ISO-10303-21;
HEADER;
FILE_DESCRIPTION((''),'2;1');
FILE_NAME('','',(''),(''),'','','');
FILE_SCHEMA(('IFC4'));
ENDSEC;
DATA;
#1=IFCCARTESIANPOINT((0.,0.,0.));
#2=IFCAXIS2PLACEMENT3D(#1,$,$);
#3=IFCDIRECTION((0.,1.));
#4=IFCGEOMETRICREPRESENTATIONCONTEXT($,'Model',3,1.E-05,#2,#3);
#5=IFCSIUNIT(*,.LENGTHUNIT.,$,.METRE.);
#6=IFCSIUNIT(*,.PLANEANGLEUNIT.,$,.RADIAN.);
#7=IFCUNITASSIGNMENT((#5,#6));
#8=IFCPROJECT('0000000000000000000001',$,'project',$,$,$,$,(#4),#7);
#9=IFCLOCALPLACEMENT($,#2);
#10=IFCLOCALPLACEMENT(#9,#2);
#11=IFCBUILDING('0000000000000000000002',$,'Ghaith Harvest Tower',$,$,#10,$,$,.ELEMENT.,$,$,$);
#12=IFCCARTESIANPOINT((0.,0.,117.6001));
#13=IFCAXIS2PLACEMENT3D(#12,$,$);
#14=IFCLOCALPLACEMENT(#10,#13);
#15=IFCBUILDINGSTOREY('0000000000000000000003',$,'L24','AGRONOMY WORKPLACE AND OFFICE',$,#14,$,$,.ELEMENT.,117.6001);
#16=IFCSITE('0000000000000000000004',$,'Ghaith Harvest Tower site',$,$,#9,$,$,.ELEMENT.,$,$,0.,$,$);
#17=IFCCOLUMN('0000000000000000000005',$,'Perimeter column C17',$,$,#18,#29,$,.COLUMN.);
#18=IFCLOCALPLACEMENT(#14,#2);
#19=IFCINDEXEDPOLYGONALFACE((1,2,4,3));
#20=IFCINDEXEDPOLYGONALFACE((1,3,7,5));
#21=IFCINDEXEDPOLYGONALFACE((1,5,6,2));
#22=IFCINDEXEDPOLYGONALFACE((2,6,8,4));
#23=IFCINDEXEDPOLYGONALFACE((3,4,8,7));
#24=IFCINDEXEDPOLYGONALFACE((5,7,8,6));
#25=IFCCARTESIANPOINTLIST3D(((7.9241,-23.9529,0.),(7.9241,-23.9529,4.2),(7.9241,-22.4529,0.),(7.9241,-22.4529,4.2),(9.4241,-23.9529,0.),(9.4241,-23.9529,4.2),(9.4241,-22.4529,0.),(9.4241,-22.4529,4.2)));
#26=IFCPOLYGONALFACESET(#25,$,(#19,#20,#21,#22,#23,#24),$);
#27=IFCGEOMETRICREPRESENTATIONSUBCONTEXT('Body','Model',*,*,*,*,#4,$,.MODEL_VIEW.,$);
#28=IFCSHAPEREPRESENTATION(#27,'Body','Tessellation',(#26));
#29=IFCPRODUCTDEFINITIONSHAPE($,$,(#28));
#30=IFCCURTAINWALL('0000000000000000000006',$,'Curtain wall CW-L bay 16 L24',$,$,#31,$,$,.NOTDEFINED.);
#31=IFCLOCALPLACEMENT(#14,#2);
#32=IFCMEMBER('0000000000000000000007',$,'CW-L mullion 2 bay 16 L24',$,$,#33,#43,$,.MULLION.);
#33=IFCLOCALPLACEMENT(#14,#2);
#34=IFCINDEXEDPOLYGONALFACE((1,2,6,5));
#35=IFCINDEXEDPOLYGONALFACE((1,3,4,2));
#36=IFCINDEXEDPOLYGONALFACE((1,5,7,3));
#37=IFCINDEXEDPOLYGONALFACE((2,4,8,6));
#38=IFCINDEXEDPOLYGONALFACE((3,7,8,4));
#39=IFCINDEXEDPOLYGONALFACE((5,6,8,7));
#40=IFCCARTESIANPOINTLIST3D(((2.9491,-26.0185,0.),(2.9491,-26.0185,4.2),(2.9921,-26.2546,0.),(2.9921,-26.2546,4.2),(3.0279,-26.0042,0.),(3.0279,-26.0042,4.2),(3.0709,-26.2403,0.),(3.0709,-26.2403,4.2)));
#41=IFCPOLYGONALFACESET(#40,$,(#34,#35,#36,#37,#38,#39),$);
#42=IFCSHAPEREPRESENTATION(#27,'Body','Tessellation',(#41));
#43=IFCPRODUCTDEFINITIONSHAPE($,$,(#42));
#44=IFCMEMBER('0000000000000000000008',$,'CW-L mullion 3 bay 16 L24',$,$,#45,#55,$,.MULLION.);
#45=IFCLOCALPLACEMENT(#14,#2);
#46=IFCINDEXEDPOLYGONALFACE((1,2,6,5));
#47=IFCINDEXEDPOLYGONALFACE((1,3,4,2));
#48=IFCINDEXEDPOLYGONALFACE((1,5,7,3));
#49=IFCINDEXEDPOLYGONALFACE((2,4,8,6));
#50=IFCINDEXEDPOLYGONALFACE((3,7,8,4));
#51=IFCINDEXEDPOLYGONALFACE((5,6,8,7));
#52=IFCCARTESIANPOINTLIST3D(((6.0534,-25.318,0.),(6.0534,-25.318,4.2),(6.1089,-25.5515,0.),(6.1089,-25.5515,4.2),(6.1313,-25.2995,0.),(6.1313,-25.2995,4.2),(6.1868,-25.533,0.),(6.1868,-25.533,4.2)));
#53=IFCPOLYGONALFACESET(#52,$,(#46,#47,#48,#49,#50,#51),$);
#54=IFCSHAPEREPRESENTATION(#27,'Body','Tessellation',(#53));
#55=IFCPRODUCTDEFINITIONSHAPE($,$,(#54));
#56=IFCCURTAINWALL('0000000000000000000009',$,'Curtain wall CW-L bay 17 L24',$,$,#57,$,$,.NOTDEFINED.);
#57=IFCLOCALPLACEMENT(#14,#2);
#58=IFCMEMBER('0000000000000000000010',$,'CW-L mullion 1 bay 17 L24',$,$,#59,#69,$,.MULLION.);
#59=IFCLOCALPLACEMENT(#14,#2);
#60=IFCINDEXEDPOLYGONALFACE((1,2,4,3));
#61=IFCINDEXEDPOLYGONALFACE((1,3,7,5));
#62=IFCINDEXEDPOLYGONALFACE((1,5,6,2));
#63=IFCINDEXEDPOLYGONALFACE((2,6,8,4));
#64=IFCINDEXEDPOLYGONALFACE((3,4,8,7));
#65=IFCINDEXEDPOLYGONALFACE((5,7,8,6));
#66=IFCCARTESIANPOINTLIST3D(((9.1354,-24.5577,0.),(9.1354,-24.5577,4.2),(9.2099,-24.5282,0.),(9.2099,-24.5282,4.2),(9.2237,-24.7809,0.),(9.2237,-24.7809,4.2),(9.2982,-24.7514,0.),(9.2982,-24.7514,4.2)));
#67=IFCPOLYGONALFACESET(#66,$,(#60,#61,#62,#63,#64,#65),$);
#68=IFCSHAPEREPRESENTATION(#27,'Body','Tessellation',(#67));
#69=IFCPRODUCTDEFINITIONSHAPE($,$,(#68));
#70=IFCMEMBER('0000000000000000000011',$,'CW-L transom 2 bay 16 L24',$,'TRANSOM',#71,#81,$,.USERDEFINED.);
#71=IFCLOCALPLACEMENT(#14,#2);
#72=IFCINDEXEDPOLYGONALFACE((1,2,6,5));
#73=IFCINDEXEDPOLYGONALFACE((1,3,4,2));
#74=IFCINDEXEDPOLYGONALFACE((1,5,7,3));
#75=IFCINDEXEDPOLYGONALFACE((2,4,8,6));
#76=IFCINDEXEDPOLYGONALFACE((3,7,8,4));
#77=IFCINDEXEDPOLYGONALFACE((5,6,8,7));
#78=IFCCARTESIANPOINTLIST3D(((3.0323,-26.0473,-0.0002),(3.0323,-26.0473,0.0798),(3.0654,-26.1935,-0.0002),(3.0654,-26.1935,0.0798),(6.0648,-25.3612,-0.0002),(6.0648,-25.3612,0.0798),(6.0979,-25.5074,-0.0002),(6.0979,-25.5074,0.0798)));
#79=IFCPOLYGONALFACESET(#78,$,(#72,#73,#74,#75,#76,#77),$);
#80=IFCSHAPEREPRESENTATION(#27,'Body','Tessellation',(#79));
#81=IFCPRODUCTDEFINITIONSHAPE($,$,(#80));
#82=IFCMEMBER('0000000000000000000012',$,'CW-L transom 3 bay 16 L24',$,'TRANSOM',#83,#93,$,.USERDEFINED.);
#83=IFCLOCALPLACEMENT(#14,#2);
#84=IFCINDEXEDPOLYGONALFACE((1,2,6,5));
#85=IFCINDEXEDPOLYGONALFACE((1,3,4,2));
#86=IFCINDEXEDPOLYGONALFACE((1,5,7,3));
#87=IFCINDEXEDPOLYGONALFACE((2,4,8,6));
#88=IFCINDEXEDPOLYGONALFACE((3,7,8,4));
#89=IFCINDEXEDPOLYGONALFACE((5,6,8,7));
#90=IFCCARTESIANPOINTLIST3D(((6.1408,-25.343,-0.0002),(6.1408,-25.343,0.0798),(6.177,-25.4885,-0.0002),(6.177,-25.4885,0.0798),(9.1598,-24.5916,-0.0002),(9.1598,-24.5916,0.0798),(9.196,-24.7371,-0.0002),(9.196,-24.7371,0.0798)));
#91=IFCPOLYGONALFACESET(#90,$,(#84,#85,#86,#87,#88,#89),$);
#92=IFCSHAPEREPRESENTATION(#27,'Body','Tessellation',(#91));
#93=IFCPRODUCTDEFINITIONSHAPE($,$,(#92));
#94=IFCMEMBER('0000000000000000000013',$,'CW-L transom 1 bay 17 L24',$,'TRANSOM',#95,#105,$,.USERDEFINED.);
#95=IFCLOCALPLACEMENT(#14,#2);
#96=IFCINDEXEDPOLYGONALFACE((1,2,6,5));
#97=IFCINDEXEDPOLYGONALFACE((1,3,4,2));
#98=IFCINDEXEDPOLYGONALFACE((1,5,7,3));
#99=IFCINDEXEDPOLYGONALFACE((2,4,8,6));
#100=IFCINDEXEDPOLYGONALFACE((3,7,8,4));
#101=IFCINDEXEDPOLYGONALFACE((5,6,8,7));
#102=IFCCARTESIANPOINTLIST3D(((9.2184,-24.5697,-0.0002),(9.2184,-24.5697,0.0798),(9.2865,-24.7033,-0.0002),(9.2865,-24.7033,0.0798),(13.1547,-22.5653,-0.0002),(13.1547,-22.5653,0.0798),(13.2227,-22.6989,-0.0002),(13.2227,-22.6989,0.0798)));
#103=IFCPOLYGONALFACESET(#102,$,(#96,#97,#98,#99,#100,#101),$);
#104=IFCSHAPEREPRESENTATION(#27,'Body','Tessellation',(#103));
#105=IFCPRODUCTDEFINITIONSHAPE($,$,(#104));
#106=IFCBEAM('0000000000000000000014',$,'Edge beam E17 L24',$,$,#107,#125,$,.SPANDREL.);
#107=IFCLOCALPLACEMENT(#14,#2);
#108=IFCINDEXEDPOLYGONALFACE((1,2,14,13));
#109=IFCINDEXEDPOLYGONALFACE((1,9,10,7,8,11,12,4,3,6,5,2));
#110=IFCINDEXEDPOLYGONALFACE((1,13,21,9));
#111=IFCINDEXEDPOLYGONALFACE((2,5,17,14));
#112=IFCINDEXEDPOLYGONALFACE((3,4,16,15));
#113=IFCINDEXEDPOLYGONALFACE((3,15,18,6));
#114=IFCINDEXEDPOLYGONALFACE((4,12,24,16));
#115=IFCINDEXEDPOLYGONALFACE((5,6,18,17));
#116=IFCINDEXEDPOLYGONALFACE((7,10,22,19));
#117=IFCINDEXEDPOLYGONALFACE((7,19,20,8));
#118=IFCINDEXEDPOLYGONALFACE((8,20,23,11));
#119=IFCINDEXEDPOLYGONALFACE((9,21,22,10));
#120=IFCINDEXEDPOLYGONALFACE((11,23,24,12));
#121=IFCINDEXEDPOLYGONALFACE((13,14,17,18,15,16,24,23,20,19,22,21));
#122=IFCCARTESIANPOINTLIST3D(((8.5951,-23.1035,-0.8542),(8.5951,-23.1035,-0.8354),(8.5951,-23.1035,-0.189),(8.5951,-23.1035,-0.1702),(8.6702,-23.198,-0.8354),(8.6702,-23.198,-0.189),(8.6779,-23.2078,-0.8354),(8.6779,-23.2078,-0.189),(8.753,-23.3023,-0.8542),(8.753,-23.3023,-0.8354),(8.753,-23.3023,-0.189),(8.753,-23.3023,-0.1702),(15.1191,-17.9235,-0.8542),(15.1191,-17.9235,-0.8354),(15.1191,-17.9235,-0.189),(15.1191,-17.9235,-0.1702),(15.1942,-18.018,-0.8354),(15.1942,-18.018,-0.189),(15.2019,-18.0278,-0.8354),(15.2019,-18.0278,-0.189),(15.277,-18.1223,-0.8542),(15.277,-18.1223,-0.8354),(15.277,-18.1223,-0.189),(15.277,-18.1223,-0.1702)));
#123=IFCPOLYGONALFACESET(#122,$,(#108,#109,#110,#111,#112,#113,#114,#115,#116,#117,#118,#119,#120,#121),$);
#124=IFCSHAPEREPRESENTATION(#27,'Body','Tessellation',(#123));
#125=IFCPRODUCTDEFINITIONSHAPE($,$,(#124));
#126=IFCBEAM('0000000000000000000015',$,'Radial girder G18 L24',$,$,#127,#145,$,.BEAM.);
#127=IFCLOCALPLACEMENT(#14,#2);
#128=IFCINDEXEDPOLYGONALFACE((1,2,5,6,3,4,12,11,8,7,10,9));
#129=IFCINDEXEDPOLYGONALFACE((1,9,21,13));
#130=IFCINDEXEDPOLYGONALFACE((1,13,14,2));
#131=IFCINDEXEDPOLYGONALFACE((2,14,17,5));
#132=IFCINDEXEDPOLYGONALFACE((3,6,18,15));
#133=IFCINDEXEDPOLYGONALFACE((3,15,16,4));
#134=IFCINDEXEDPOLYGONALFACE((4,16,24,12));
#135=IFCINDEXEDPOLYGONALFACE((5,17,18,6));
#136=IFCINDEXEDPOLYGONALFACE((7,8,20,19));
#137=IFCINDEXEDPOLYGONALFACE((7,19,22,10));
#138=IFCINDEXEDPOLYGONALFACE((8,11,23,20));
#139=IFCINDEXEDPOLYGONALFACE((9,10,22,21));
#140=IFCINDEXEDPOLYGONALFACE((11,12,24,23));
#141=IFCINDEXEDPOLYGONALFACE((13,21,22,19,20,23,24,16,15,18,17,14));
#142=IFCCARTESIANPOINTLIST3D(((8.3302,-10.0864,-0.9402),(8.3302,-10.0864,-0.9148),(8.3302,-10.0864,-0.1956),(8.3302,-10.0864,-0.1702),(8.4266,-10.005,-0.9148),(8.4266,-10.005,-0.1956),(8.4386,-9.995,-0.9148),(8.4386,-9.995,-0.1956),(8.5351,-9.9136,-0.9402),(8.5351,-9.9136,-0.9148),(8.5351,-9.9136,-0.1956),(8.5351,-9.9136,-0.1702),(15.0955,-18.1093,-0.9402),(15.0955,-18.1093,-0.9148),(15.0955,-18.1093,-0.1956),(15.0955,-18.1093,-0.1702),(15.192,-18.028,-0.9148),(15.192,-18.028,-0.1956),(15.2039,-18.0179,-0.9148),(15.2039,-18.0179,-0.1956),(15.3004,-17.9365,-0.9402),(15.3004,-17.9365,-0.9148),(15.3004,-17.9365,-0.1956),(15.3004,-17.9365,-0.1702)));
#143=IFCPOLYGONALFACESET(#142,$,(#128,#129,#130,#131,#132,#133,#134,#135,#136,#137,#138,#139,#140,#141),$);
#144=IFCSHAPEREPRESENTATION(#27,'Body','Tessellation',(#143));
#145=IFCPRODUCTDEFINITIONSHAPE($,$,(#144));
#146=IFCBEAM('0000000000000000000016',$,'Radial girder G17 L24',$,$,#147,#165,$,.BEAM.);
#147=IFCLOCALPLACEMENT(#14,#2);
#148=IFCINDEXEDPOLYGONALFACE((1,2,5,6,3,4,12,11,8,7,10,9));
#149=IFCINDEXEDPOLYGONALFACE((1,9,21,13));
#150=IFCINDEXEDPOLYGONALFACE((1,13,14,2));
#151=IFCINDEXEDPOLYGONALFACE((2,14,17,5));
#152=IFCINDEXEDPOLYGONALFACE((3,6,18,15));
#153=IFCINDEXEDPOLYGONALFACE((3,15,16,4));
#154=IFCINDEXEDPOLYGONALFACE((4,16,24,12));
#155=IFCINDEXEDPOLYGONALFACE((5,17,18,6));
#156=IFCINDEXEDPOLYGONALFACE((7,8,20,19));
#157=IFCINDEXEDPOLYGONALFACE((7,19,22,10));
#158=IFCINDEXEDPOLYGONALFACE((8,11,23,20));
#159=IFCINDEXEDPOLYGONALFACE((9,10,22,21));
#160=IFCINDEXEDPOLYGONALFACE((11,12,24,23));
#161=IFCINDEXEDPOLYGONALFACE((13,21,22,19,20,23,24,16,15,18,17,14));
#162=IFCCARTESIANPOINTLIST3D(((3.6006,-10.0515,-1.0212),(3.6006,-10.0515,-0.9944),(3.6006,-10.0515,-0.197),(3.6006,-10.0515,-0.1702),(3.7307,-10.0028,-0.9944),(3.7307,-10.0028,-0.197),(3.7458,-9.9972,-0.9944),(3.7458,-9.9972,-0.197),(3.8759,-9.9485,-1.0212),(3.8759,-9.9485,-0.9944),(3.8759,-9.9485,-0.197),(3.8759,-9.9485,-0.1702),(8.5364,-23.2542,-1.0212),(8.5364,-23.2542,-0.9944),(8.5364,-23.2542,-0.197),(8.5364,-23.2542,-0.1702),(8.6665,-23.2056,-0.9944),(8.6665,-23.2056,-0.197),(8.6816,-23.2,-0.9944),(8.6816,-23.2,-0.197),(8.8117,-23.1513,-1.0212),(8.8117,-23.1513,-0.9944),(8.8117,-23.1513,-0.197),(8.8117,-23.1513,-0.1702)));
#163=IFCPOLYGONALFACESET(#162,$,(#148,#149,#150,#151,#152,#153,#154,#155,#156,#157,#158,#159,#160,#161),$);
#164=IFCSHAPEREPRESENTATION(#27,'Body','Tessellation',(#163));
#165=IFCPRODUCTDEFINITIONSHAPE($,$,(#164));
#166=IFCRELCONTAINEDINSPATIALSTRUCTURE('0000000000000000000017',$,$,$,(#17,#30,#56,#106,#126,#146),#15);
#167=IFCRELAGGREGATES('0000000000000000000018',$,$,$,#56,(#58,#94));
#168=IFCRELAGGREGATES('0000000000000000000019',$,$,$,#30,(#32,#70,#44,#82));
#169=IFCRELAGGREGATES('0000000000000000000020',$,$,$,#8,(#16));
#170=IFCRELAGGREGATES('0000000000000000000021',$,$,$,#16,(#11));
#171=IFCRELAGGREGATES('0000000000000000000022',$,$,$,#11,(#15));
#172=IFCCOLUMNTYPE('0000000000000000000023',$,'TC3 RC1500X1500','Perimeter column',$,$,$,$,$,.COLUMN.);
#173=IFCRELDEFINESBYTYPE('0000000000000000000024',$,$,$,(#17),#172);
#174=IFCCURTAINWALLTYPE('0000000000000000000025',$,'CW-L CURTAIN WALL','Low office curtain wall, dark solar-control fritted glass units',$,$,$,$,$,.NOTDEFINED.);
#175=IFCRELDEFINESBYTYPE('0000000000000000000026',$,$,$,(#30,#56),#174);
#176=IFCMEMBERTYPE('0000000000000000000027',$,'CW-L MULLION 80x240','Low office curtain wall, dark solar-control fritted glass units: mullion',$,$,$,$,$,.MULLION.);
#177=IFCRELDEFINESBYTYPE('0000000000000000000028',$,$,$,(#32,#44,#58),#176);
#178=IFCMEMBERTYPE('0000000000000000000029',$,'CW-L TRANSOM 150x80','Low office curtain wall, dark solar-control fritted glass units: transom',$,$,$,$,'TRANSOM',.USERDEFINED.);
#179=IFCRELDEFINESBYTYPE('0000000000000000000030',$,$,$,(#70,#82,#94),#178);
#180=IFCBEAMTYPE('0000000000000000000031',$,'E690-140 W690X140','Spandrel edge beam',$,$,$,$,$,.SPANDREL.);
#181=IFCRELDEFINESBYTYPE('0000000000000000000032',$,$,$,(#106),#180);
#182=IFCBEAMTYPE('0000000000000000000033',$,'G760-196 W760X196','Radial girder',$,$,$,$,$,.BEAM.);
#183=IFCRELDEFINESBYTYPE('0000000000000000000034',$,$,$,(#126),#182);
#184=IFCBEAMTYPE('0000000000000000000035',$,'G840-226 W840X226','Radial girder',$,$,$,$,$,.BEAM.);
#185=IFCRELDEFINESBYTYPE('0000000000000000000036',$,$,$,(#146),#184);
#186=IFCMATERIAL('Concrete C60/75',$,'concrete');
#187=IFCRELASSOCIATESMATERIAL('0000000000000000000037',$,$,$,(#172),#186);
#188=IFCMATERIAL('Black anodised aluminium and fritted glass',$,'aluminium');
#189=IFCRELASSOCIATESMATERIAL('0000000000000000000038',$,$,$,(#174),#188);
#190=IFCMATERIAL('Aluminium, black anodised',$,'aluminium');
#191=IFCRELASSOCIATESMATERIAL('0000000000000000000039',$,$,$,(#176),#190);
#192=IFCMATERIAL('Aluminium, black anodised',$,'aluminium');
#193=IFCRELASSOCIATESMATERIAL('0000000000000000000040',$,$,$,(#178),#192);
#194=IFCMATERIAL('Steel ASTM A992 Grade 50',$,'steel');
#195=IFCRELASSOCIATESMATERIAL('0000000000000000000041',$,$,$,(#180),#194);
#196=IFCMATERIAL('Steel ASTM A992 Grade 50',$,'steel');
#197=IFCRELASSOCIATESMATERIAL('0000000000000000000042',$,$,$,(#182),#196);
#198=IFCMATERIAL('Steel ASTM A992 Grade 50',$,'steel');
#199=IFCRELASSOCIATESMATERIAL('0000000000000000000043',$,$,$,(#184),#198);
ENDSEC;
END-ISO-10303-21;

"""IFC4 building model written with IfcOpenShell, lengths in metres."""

from ifc_helpers import new_model, si_unit, direction, frame, origin, origin_2d, place, context, subcontext, project, spatial, rectangle, i_section, extrude, material, material_profile, profile_set, type_object, element, aggregate, save


model = new_model("IFC4")

# Units and contexts
model_context = context("Model", 3, precision=1e-05, world=origin(), true_north=direction((0.0, 1.0)))
body_context = subcontext(model_context, "Body", "Model", "MODEL_VIEW")
ifc_project = project(units=[si_unit("LENGTHUNIT", "METRE"), si_unit("PLANEANGLEUNIT", "RADIAN")], contexts=[model_context])

# Site, building, storey
site_placement = place(None, origin())
site = spatial("IfcSite", under=ifc_project, at=site_placement, Name="Ghaith Harvest Tower site", CompositionType="ELEMENT", RefElevation=0.0)
building_placement = place(site_placement, origin())
building = spatial("IfcBuilding", under=site, at=building_placement, Name="Ghaith Harvest Tower", CompositionType="ELEMENT")
storey_placement = place(building_placement, frame((0.0, 0.0, 117.6001)))
storey = spatial("IfcBuildingStorey", under=building, at=storey_placement, Name="L24", Description="AGRONOMY WORKPLACE AND OFFICE", CompositionType="ELEMENT", Elevation=117.6001)

# Column
ifc_material_1 = material(Name="Concrete C60/75", Category="concrete")
ifc_material_profile_1 = material_profile(ifc_material_1, rectangle(XDim=1.5, YDim=1.5, at=origin_2d()), Name="RC1500X1500")
ifc_profile_set_1 = profile_set([ifc_material_profile_1], Name="Concrete C60/75")
column_type = type_object("IfcColumnType", Name="TC3 RC1500X1500", Description="Perimeter column", PredefinedType="COLUMN", material=ifc_profile_set_1)
column_placement = place(storey_placement, frame((8.6741, -23.2029, 0.0), z_axis=(0.0, 0.0, 1.0), x_axis=(1.0, 0.0, 0.0)))
element("IfcColumn", 1, at=column_placement, inside=storey, type_object=column_type, Name="Perimeter column C17", PredefinedType="COLUMN", context=body_context, shape_type="SweptSolid", body=[
    extrude(rectangle(XDim=1.5, YDim=1.5, at=origin_2d()), origin(), (0.0, 0.0, 1.0), 4.2),
])

# Curtain wall, members
ifc_material_2 = material(Name="Black anodised aluminium and fritted glass", Category="aluminium")
curtain_wall_type = type_object("IfcCurtainWallType", Name="CW-L CURTAIN WALL", Description="Low office curtain wall, dark solar-control fritted glass units", PredefinedType="NOTDEFINED", material=ifc_material_2)
curtain_wall_1_placement = place(storey_placement, origin())
curtain_wall_1 = element("IfcCurtainWall", 2, at=curtain_wall_1_placement, inside=storey, type_object=curtain_wall_type, Name="Curtain wall CW-L bay 16 L24", PredefinedType="NOTDEFINED")
ifc_material_3 = material(Name="Aluminium, black anodised", Category="aluminium")
ifc_material_profile_2 = material_profile(ifc_material_3, rectangle(XDim=0.0801, YDim=0.24, at=origin_2d()), Name="CW-L MULLION 80x240")
ifc_profile_set_2 = profile_set([ifc_material_profile_2], Name="Aluminium, black anodised")
member_type_1 = type_object("IfcMemberType", Name="CW-L MULLION 80x240", Description="Low office curtain wall, dark solar-control fritted glass units: mullion", PredefinedType="MULLION", material=ifc_profile_set_2)
member_1_placement = place(storey_placement, frame((3.01, -26.1294, 0.0), z_axis=(0.0, 0.0, 1.0), x_axis=(0.983806, 0.179235, 0.0)))
member_1 = element("IfcMember", 3, at=member_1_placement, type_object=member_type_1, Name="CW-L mullion 2 bay 16 L24", PredefinedType="MULLION", context=body_context, shape_type="SweptSolid", body=[
    extrude(rectangle(XDim=0.0801, YDim=0.24, at=origin_2d()), origin(), (0.0, 0.0, 1.0), 4.2),
])
member_2_placement = place(storey_placement, frame((6.1201, -25.4255, 0.0), z_axis=(0.0, 0.0, 1.0), x_axis=(0.972918, 0.23115, 0.0)))
member_2 = element("IfcMember", 4, at=member_2_placement, type_object=member_type_1, Name="CW-L mullion 3 bay 16 L24", PredefinedType="MULLION", context=body_context, shape_type="SweptSolid", body=[
    extrude(rectangle(XDim=0.0801, YDim=0.24, at=origin_2d()), origin(), (0.0, 0.0, 1.0), 4.2),
])

# Curtain wall, member
curtain_wall_2_placement = place(storey_placement, origin())
curtain_wall_2 = element("IfcCurtainWall", 5, at=curtain_wall_2_placement, inside=storey, type_object=curtain_wall_type, Name="Curtain wall CW-L bay 17 L24", PredefinedType="NOTDEFINED")
member_3_placement = place(storey_placement, frame((9.2168, -24.6545, 0.0), z_axis=(0.0, 0.0, 1.0), x_axis=(0.929832, 0.367985, 0.0)))
member_3 = element("IfcMember", 6, at=member_3_placement, type_object=member_type_1, Name="CW-L mullion 1 bay 17 L24", PredefinedType="MULLION", context=body_context, shape_type="SweptSolid", body=[
    extrude(rectangle(XDim=0.0801, YDim=0.24, at=origin_2d()), origin(), (0.0, 0.0, 1.0), 4.2),
])

# Members
ifc_material_4 = material(Name="Aluminium, black anodised", Category="aluminium")
ifc_material_profile_3 = material_profile(ifc_material_4, rectangle(XDim=0.1499, YDim=0.0801, at=origin_2d()), Name="CW-L TRANSOM 150x80")
ifc_profile_set_3 = profile_set([ifc_material_profile_3], Name="Aluminium, black anodised")
member_type_2 = type_object("IfcMemberType", Name="CW-L TRANSOM 150x80", Description="Low office curtain wall, dark solar-control fritted glass units: transom", ElementType="TRANSOM", PredefinedType="USERDEFINED", material=ifc_profile_set_3)
member_4_placement = place(storey_placement, frame((3.0488, -26.1204, 0.0398), z_axis=(0.975352, 0.220654, 0.0), x_axis=(-0.220654, 0.975352, 0.0)))
member_4 = element("IfcMember", 7, at=member_4_placement, type_object=member_type_2, Name="CW-L transom 2 bay 16 L24", ObjectType="TRANSOM", PredefinedType="USERDEFINED", context=body_context, shape_type="SweptSolid", body=[
    extrude(rectangle(XDim=0.1499, YDim=0.0801, at=origin_2d()), origin(), (0.0, 0.0, 1.0), 3.1091),
])
member_5_placement = place(storey_placement, frame((6.1589, -25.4158, 0.0398), z_axis=(0.970391, 0.241538, 0.0), x_axis=(-0.241538, 0.970391, 0.0)))
member_5 = element("IfcMember", 8, at=member_5_placement, type_object=member_type_2, Name="CW-L transom 3 bay 16 L24", ObjectType="TRANSOM", PredefinedType="USERDEFINED", context=body_context, shape_type="SweptSolid", body=[
    extrude(rectangle(XDim=0.1499, YDim=0.0801, at=origin_2d()), origin(), (0.0, 0.0, 1.0), 3.1111),
])
member_6_placement = place(storey_placement, frame((9.2524, -24.6365, 0.0398), z_axis=(0.89112, 0.453768, 0.0), x_axis=(-0.453768, 0.89112, 0.0)))
member_6 = element("IfcMember", 9, at=member_6_placement, type_object=member_type_2, Name="CW-L transom 1 bay 17 L24", ObjectType="TRANSOM", PredefinedType="USERDEFINED", context=body_context, shape_type="SweptSolid", body=[
    extrude(rectangle(XDim=0.1499, YDim=0.0801, at=origin_2d()), origin(), (0.0, 0.0, 1.0), 4.4172),
])
aggregate(curtain_wall_2, [member_3, member_6])

# Beams
ifc_material_5 = material(Name="Steel ASTM A992 Grade 50", Category="steel")
ifc_material_profile_4 = material_profile(ifc_material_5, i_section(OverallWidth=0.2539, OverallDepth=0.6841, WebThickness=0.0125, FlangeThickness=0.0188, at=origin_2d()), Name="W690X140")
ifc_profile_set_4 = profile_set([ifc_material_profile_4], Name="Steel ASTM A992 Grade 50")
beam_type_1 = type_object("IfcBeamType", Name="E690-140 W690X140", Description="Spandrel edge beam", PredefinedType="SPANDREL", material=ifc_profile_set_4)
beam_1_placement = place(storey_placement, frame((8.6741, -23.2029, -0.5122), z_axis=(0.78316, 0.621821, 0.0), x_axis=(-0.621821, 0.78316, 0.0)))
element("IfcBeam", 10, at=beam_1_placement, inside=storey, type_object=beam_type_1, Name="Edge beam E17 L24", PredefinedType="SPANDREL", context=body_context, shape_type="SweptSolid", body=[
    extrude(i_section(OverallWidth=0.2539, OverallDepth=0.6841, WebThickness=0.0125, FlangeThickness=0.0188, at=origin_2d()), origin(), (0.0, 0.0, 1.0), 8.3303),
])
ifc_material_6 = material(Name="Steel ASTM A992 Grade 50", Category="steel")
ifc_material_profile_5 = material_profile(ifc_material_6, i_section(OverallWidth=0.2681, OverallDepth=0.77, WebThickness=0.0156, FlangeThickness=0.0254, at=origin_2d()), Name="W760X196")
ifc_profile_set_5 = profile_set([ifc_material_profile_5], Name="Steel ASTM A992 Grade 50")
beam_type_2 = type_object("IfcBeamType", Name="G760-196 W760X196", Description="Radial girder", PredefinedType="BEAM", material=ifc_profile_set_5)
beam_2_placement = place(storey_placement, frame((8.4326, -10.0, -0.5552), z_axis=(0.644649, -0.764478, 0.0), x_axis=(0.764478, 0.644649, 0.0)))
element("IfcBeam", 11, at=beam_2_placement, inside=storey, type_object=beam_type_2, Name="Radial girder G18 L24", PredefinedType="BEAM", context=body_context, shape_type="SweptSolid", body=[
    extrude(i_section(OverallWidth=0.2681, OverallDepth=0.77, WebThickness=0.0156, FlangeThickness=0.0254, at=origin_2d()), origin(), (0.0, 0.0, 1.0), 10.4946),
])
ifc_material_7 = material(Name="Steel ASTM A992 Grade 50", Category="steel")
ifc_material_profile_6 = material_profile(ifc_material_7, i_section(OverallWidth=0.2939, OverallDepth=0.8511, WebThickness=0.0161, FlangeThickness=0.0269, at=origin_2d()), Name="W840X226")
ifc_profile_set_6 = profile_set([ifc_material_profile_6], Name="Steel ASTM A992 Grade 50")
beam_type_3 = type_object("IfcBeamType", Name="G840-226 W840X226", Description="Radial girder", PredefinedType="BEAM", material=ifc_profile_set_6)
beam_3_placement = place(storey_placement, frame((3.7383, -10.0, -0.5957), z_axis=(0.350172, -0.936685, 0.0), x_axis=(0.936685, 0.350172, 0.0)))
element("IfcBeam", 12, at=beam_3_placement, inside=storey, type_object=beam_type_3, Name="Radial girder G17 L24", PredefinedType="BEAM", context=body_context, shape_type="SweptSolid", body=[
    extrude(i_section(OverallWidth=0.2939, OverallDepth=0.8511, WebThickness=0.0161, FlangeThickness=0.0269, at=origin_2d()), origin(), (0.0, 0.0, 1.0), 14.0952),
])

aggregate(curtain_wall_1, [member_1, member_4, member_2, member_5])

save(model, "model.ifc")
